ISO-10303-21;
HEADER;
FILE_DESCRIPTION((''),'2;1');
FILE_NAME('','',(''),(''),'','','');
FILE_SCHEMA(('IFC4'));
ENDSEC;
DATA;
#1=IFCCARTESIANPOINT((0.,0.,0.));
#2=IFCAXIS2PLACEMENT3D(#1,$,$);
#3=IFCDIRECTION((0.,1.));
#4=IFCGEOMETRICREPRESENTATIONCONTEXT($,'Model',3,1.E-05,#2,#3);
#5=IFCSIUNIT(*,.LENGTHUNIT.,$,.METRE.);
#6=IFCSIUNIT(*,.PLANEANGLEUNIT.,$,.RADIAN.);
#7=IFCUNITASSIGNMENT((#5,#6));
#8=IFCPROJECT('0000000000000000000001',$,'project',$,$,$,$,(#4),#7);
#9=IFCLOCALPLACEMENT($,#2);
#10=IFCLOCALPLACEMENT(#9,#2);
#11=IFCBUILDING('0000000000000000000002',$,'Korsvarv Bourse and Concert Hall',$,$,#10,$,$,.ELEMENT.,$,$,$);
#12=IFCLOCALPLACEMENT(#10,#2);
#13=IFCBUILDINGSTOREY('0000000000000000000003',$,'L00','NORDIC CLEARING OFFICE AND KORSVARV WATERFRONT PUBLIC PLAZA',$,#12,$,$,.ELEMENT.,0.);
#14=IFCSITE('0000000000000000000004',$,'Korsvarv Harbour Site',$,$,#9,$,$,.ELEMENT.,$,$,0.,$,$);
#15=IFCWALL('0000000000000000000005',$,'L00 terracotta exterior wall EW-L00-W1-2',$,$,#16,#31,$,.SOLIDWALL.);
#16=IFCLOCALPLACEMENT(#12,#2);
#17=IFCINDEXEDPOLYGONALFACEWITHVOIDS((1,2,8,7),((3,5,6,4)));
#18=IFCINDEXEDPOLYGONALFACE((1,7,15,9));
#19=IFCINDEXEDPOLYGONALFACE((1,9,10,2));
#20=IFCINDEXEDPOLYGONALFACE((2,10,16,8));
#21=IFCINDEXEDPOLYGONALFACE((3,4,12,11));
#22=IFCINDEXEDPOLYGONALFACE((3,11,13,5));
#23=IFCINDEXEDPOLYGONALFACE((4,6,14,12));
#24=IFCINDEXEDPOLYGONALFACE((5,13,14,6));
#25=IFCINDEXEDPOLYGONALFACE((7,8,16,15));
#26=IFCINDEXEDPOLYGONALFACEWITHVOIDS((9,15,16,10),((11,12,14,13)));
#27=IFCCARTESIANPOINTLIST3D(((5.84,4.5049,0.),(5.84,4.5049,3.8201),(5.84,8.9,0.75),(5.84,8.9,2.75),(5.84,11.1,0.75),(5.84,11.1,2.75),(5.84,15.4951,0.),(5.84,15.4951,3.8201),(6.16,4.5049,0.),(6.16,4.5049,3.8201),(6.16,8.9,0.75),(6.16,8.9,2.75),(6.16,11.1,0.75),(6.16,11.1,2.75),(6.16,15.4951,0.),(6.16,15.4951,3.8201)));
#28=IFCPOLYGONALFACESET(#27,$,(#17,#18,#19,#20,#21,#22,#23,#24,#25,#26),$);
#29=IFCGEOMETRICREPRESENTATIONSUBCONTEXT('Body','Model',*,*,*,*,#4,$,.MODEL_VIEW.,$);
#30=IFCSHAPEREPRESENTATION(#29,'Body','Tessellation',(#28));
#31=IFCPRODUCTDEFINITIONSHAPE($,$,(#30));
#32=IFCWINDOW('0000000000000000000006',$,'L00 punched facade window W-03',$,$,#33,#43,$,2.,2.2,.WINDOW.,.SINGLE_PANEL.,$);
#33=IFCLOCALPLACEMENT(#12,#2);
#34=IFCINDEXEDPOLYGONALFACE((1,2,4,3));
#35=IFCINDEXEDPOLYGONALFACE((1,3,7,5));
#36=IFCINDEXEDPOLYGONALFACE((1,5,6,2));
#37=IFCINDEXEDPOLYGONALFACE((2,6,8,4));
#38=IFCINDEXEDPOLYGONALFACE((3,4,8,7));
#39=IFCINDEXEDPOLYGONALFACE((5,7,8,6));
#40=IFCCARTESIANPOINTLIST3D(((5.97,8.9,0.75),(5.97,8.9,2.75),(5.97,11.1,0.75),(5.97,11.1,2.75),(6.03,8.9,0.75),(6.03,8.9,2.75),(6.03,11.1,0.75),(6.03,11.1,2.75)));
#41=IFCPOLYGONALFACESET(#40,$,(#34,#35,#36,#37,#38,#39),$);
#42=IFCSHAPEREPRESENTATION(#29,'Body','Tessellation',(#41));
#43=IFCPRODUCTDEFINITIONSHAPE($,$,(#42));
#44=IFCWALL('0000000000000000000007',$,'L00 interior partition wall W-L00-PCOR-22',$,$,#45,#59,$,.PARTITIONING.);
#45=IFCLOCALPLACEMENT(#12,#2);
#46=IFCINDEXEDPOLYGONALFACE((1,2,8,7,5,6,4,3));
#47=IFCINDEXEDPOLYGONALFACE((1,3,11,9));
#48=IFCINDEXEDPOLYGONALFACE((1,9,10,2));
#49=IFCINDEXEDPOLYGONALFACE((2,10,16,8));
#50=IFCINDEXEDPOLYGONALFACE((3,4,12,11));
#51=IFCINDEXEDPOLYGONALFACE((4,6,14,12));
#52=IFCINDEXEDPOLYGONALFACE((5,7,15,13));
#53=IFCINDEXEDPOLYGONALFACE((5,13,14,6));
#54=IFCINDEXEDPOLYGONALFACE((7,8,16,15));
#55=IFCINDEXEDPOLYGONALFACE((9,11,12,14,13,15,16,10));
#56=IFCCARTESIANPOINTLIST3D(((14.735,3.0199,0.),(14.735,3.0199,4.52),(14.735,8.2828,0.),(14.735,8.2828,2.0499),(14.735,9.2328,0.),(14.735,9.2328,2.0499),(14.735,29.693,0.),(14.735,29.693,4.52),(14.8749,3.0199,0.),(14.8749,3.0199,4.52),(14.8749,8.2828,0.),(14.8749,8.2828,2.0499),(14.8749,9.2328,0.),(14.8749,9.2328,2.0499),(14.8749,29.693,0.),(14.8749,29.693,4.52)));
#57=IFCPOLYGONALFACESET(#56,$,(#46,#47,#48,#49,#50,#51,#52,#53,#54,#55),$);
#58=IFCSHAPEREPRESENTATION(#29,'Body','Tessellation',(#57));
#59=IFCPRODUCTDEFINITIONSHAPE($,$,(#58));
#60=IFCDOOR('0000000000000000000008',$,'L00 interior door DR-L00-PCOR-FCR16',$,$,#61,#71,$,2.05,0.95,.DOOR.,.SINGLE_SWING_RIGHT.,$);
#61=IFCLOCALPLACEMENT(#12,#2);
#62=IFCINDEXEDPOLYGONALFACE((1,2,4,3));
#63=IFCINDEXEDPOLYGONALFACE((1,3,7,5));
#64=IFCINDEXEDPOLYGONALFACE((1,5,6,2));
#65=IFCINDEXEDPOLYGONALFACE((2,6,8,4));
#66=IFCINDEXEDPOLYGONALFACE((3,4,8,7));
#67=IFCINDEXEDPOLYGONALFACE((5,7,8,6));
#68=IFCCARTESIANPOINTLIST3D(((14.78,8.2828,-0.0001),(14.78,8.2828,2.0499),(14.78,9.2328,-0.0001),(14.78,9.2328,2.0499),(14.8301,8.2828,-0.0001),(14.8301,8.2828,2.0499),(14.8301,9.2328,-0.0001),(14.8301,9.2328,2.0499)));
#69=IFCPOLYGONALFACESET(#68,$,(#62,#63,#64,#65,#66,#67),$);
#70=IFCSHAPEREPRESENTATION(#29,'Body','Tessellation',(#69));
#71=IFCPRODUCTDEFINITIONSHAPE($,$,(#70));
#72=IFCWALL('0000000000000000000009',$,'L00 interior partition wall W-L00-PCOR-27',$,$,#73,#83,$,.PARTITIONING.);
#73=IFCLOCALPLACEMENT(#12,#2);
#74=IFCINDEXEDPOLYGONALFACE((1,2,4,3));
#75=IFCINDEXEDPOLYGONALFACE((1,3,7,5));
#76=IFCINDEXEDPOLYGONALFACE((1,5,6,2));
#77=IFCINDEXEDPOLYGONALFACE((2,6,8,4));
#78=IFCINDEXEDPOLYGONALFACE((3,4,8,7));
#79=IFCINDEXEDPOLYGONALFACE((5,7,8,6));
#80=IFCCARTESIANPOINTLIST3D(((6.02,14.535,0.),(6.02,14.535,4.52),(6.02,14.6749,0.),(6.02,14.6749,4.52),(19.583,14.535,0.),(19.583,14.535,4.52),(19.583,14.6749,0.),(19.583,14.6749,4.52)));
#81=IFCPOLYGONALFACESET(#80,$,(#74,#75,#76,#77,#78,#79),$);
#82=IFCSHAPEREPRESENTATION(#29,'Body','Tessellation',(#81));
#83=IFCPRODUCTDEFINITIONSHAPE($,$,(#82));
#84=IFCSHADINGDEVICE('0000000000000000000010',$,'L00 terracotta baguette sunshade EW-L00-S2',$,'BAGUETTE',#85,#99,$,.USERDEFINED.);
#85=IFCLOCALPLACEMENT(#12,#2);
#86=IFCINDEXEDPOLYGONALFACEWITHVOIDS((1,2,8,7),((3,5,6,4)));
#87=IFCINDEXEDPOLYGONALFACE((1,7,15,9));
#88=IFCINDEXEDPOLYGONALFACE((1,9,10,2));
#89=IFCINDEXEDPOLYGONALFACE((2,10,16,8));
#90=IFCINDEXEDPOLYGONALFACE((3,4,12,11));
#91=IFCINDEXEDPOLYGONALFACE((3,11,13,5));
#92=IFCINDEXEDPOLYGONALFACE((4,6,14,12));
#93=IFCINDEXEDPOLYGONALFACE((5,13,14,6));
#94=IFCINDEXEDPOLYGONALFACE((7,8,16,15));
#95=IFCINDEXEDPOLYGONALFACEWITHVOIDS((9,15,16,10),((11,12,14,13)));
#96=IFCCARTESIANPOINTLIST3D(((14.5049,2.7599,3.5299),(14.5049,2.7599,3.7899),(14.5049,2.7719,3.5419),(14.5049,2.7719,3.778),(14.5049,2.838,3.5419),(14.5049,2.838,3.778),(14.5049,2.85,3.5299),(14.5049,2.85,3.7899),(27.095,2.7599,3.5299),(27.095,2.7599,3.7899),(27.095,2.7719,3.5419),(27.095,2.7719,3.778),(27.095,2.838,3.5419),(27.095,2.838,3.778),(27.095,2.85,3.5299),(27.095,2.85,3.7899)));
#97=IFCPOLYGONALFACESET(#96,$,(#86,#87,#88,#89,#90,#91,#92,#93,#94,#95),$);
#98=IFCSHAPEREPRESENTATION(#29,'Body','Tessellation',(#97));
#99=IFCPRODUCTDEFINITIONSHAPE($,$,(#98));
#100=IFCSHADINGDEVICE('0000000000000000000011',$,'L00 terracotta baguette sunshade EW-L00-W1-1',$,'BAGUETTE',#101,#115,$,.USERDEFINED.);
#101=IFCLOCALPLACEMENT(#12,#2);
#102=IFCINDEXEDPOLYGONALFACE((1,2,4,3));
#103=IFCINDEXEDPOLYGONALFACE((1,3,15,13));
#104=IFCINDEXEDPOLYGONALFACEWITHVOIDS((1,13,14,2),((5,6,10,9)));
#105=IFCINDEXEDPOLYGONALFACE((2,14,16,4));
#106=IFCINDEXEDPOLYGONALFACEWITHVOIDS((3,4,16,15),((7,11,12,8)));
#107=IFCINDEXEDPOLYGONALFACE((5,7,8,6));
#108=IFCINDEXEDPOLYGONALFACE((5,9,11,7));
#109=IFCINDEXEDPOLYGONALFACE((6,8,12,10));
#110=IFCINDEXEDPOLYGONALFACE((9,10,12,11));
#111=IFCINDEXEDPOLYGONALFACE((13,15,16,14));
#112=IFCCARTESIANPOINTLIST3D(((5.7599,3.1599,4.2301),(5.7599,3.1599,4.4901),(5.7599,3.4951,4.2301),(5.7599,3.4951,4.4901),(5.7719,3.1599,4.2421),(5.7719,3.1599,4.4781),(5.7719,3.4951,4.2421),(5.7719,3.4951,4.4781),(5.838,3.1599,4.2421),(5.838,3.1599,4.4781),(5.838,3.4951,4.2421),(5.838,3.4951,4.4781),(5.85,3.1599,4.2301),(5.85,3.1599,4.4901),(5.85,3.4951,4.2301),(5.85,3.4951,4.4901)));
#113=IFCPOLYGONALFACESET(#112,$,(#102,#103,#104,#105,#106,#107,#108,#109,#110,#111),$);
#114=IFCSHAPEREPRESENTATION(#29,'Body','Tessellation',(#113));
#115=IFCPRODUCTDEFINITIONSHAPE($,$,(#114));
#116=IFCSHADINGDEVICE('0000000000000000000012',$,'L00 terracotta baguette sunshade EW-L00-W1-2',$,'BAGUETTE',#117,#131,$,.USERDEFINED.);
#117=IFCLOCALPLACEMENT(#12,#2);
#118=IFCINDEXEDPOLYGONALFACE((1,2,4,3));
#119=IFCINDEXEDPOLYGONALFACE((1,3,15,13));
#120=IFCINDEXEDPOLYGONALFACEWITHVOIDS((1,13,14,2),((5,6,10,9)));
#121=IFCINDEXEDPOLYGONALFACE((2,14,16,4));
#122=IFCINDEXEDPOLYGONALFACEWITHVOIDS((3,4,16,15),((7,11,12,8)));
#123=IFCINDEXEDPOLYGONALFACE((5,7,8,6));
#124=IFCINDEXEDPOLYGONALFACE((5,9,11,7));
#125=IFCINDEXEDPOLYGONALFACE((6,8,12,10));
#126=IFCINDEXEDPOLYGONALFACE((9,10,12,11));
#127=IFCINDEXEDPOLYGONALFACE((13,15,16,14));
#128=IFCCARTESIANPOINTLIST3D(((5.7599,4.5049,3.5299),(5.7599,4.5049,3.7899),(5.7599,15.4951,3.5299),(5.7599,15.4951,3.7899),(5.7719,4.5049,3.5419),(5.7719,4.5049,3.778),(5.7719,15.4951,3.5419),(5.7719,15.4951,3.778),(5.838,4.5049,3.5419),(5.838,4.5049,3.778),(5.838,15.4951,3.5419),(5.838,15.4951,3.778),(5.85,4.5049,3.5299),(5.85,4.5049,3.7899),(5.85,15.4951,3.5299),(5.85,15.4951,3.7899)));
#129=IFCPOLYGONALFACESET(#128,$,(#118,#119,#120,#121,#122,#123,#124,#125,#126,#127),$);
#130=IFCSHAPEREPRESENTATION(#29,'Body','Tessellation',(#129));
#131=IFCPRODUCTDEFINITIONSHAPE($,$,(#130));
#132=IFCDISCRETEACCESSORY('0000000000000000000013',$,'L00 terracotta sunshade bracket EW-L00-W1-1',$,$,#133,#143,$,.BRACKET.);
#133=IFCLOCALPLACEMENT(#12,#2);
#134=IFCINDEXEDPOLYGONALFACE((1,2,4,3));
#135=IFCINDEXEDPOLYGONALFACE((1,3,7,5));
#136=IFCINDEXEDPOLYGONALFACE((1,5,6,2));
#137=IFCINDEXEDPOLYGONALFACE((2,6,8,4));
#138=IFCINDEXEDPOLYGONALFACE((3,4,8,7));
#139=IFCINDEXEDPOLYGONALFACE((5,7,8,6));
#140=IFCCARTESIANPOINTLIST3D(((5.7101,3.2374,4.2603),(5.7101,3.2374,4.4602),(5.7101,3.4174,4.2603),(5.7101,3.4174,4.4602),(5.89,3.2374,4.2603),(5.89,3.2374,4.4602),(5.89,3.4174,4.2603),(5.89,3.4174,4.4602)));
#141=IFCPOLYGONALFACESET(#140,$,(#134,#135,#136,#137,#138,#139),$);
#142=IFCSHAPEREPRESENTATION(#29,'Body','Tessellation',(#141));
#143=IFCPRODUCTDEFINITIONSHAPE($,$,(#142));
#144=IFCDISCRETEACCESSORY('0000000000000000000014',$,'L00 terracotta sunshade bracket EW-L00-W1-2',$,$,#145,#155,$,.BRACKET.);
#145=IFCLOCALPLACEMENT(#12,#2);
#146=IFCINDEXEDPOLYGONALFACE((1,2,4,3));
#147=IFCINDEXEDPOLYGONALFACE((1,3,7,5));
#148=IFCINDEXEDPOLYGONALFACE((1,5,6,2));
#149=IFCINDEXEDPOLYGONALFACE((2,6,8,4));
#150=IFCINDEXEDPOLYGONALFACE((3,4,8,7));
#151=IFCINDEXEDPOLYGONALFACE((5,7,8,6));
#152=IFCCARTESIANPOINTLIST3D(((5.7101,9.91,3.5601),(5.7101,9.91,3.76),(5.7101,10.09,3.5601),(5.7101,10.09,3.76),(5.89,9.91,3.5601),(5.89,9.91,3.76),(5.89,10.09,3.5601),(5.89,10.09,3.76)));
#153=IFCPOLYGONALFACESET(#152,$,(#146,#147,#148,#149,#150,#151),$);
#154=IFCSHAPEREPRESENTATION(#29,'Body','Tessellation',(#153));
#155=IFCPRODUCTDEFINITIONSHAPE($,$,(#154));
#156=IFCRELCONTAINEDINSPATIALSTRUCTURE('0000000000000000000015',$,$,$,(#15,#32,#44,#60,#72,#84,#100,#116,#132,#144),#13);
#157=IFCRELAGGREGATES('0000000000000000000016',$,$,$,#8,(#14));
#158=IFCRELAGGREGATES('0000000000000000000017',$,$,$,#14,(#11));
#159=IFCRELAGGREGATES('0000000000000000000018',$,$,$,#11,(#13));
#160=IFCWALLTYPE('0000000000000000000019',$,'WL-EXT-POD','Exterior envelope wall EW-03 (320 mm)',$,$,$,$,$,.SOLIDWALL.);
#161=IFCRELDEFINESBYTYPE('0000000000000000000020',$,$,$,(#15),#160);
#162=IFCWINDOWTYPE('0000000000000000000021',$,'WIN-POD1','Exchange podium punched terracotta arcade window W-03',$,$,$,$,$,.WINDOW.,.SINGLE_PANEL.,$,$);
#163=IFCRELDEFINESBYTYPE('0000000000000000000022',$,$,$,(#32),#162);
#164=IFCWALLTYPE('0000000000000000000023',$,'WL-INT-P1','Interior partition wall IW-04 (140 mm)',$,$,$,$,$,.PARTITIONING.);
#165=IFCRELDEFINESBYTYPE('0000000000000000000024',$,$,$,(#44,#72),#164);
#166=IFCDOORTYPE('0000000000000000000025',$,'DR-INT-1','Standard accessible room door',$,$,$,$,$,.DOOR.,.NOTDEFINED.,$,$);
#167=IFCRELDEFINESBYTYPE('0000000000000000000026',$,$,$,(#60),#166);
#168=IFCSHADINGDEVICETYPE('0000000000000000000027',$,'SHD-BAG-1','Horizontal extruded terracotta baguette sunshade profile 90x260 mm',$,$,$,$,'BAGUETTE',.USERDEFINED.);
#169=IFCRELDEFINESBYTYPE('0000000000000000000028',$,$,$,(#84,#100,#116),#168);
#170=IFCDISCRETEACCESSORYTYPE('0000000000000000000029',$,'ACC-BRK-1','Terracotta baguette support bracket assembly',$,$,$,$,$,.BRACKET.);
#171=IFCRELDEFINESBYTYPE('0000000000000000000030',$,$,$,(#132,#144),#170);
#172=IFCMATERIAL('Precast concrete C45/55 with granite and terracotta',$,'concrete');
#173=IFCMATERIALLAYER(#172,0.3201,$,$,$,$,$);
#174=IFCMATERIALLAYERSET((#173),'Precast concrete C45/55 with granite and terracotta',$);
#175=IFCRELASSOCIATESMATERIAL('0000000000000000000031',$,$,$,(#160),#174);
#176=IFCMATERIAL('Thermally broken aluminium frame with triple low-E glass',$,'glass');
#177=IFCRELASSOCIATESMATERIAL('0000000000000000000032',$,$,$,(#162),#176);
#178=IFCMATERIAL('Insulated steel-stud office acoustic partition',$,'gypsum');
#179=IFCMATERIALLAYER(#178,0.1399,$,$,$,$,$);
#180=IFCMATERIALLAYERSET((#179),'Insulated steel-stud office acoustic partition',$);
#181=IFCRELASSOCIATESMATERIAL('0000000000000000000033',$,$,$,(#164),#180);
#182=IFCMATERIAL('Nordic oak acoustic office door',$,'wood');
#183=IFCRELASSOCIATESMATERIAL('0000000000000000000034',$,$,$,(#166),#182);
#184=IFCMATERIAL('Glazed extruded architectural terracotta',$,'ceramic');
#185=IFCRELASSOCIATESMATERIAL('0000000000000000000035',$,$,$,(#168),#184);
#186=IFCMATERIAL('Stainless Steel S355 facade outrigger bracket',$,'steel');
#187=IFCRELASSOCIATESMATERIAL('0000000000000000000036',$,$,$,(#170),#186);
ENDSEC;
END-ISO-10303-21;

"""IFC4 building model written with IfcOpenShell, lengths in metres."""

from ifc_helpers import new_model, si_unit, direction, frame, frame_2d, origin, origin_2d, place, context, subcontext, project, spatial, rectangle, hollow_rectangle, extrude, source, transform, mapped, material, layer, layer_set, material_profile, profile_set, type_object, element, fill, save


model = new_model("IFC4")

# Units and contexts
model_context = context("Model", 3, precision=1e-05, world=origin(), true_north=direction((0.0, 1.0)))
body_context = subcontext(model_context, "Body", "Model", "MODEL_VIEW")
ifc_project = project(units=[si_unit("LENGTHUNIT", "METRE"), si_unit("PLANEANGLEUNIT", "RADIAN")], contexts=[model_context])

# Site, building, storey
site_placement = place(None, origin())
site = spatial("IfcSite", under=ifc_project, at=site_placement, Name="Korsvarv Harbour Site", CompositionType="ELEMENT", RefElevation=0.0)
building_placement = place(site_placement, origin())
building = spatial("IfcBuilding", under=site, at=building_placement, Name="Korsvarv Bourse and Concert Hall", CompositionType="ELEMENT")
storey_placement = place(building_placement, origin())
storey = spatial("IfcBuildingStorey", under=building, at=storey_placement, Name="L00", Description="NORDIC CLEARING OFFICE AND KORSVARV WATERFRONT PUBLIC PLAZA", CompositionType="ELEMENT", Elevation=0.0)

# Shared definitions
ifc_material_1 = material(Name="Precast concrete C45/55 with granite and terracotta", Category="concrete")
ifc_layer_1 = layer(ifc_material_1, 0.3201)
ifc_layer_set_1 = layer_set([ifc_layer_1], Name="Precast concrete C45/55 with granite and terracotta")
wall_type_1 = type_object("IfcWallType", Name="WL-EXT-POD", Description="Exterior envelope wall EW-03 (320 mm)", PredefinedType="SOLIDWALL", material=ifc_layer_set_1)
ifc_material_2 = material(Name="Thermally broken aluminium frame with triple low-E glass", Category="glass")
window_type = type_object("IfcWindowType", Name="WIN-POD1", Description="Exchange podium punched terracotta arcade window W-03", PartitioningType="SINGLE_PANEL", PredefinedType="WINDOW", material=ifc_material_2)

# Wall, opening, window
wall_1_placement = place(storey_placement, frame((6.0, 4.5049, 0.0), z_axis=(0.0, 0.0, 1.0), x_axis=(0.0, 1.0, 0.0)))
wall_1 = element("IfcWall", 1, at=wall_1_placement, inside=storey, type_object=wall_type_1, Name="L00 terracotta exterior wall EW-L00-W1-2", PredefinedType="SOLIDWALL", context=body_context, shape_type="SweptSolid", body=[
    extrude(rectangle(XDim=10.9902, YDim=0.3201, at=frame_2d((5.4951, 0.0))), origin(), (0.0, 0.0, 1.0), 3.8201),
])
opening_1_placement = place(wall_1_placement, frame((4.395, 0.0, 0.75)))
opening_1 = element("IfcOpeningElement", 2, at=opening_1_placement, cuts=wall_1, PredefinedType="OPENING", context=body_context, shape_type="SweptSolid", body=[
    extrude(rectangle(XDim=2.2, YDim=2.0, at=frame_2d((1.1001, 1.0))), frame((0.0, 0.1699, 0.0), z_axis=(0.0, -1.0, 0.0), x_axis=(1.0, 0.0, 0.0)), (0.0, 0.0, 1.0), 0.3401),
])
window_1_placement = place(opening_1_placement, origin())
window_1 = element("IfcWindow", 3, at=window_1_placement, inside=storey, type_object=window_type, Name="L00 punched facade window W-03", OverallHeight=2.0, OverallWidth=2.2, PartitioningType="SINGLE_PANEL", PredefinedType="WINDOW", context=body_context, shape_type="SweptSolid", body=[
    extrude(rectangle(XDim=2.2, YDim=2.0, at=frame_2d((1.1001, 1.0))), frame((0.0, 0.03, 0.0), z_axis=(0.0, -1.0, 0.0), x_axis=(1.0, 0.0, 0.0)), (0.0, 0.0, 1.0), 0.0601),
])
fill(opening_1, window_1)

# Wall, opening, door
ifc_material_3 = material(Name="Insulated steel-stud office acoustic partition", Category="gypsum")
ifc_layer_2 = layer(ifc_material_3, 0.1399)
ifc_layer_set_2 = layer_set([ifc_layer_2], Name="Insulated steel-stud office acoustic partition")
wall_type_2 = type_object("IfcWallType", Name="WL-INT-P1", Description="Interior partition wall IW-04 (140 mm)", PredefinedType="PARTITIONING", material=ifc_layer_set_2)
wall_2_placement = place(storey_placement, frame((14.8049, 3.02, 0.0), z_axis=(0.0, 0.0, 1.0), x_axis=(0.0, 1.0, 0.0)))
wall_2 = element("IfcWall", 4, at=wall_2_placement, inside=storey, type_object=wall_type_2, Name="L00 interior partition wall W-L00-PCOR-22", PredefinedType="PARTITIONING", context=body_context, shape_type="SweptSolid", body=[
    extrude(rectangle(XDim=26.6731, YDim=0.1399, at=frame_2d((13.3364, 0.0))), origin(), (0.0, 0.0, 1.0), 4.52),
])
opening_2_placement = place(wall_2_placement, frame((5.2627, 0.0, 0.0)))
opening_2 = element("IfcOpeningElement", 5, at=opening_2_placement, cuts=wall_2, PredefinedType="OPENING", context=body_context, shape_type="SweptSolid", body=[
    extrude(rectangle(XDim=0.95, YDim=2.05, at=frame_2d((0.4751, 1.0249))), frame((0.0, 0.0801, 0.0), z_axis=(0.0, -1.0, 0.0), x_axis=(1.0, 0.0, 0.0)), (0.0, 0.0, 1.0), 0.1599),
])
ifc_material_4 = material(Name="Nordic oak acoustic office door", Category="wood")
door_type = type_object("IfcDoorType", Name="DR-INT-1", Description="Standard accessible room door", OperationType="NOTDEFINED", PredefinedType="DOOR", material=ifc_material_4)
door_placement = place(opening_2_placement, origin())
door = element("IfcDoor", 6, at=door_placement, inside=storey, type_object=door_type, Name="L00 interior door DR-L00-PCOR-FCR16", OperationType="SINGLE_SWING_RIGHT", OverallHeight=2.05, OverallWidth=0.95, PredefinedType="DOOR", context=body_context, shape_type="SweptSolid", body=[
    extrude(rectangle(XDim=0.95, YDim=2.05, at=frame_2d((0.4751, 1.0249))), frame((0.0, 0.0249, 0.0), z_axis=(0.0, -1.0, 0.0), x_axis=(1.0, 0.0, 0.0)), (0.0, 0.0, 1.0), 0.05),
])
fill(opening_2, door)

# Wall
wall_3_placement = place(storey_placement, frame((6.02, 14.605, 0.0), z_axis=(0.0, 0.0, 1.0), x_axis=(1.0, 0.0, 0.0)))
element("IfcWall", 7, at=wall_3_placement, inside=storey, type_object=wall_type_2, Name="L00 interior partition wall W-L00-PCOR-27", PredefinedType="PARTITIONING", context=body_context, shape_type="SweptSolid", body=[
    extrude(rectangle(XDim=13.563, YDim=0.1399, at=frame_2d((6.7815, 0.0))), origin(), (0.0, 0.0, 1.0), 4.52),
])

# Shading devices
ifc_material_5 = material(Name="Glazed extruded architectural terracotta", Category="ceramic")
ifc_material_profile_1 = material_profile(ifc_material_5, hollow_rectangle(XDim=0.0901, YDim=0.26, WallThickness=0.012, at=origin_2d()), Name="TC-BAG 90x260")
ifc_profile_set_1 = profile_set([ifc_material_profile_1], Name="Glazed extruded architectural terracotta")
shading_device_type = type_object("IfcShadingDeviceType", Name="SHD-BAG-1", Description="Horizontal extruded terracotta baguette sunshade profile 90x260 mm", ElementType="BAGUETTE", PredefinedType="USERDEFINED", material=ifc_profile_set_1)
shared_shape_1 = source(origin(), body_context, "Body", "SweptSolid", [
    extrude(hollow_rectangle(XDim=0.0901, YDim=0.26, WallThickness=0.012, at=origin_2d()), origin(), (0.0, 0.0, 1.0), 12.5901),
])
shading_device_1_placement = place(storey_placement, frame((14.5049, 2.8049, 3.6599), z_axis=(1.0, 0.0, 0.0), x_axis=(0.0, 1.0, 0.0)))
element("IfcShadingDevice", 8, at=shading_device_1_placement, inside=storey, type_object=shading_device_type, Name="L00 terracotta baguette sunshade EW-L00-S2", ObjectType="BAGUETTE", PredefinedType="USERDEFINED", context=body_context, shape_type="MappedRepresentation", body=[
    mapped(shared_shape_1, transform((0.0, 0.0, 0.0), scale=1.0)),
])
shared_shape_2 = source(origin(), body_context, "Body", "SweptSolid", [
    extrude(hollow_rectangle(XDim=0.0901, YDim=0.26, WallThickness=0.012, at=origin_2d()), origin(), (0.0, 0.0, 1.0), 0.3352),
])
shading_device_2_placement = place(storey_placement, frame((5.8049, 3.1599, 4.3601), z_axis=(0.0, 1.0, 0.0), x_axis=(-1.0, 0.0, 0.0)))
element("IfcShadingDevice", 9, at=shading_device_2_placement, inside=storey, type_object=shading_device_type, Name="L00 terracotta baguette sunshade EW-L00-W1-1", ObjectType="BAGUETTE", PredefinedType="USERDEFINED", context=body_context, shape_type="MappedRepresentation", body=[
    mapped(shared_shape_2, transform((0.0, 0.0, 0.0), scale=1.0)),
])
shared_shape_3 = source(origin(), body_context, "Body", "SweptSolid", [
    extrude(hollow_rectangle(XDim=0.0901, YDim=0.26, WallThickness=0.012, at=origin_2d()), origin(), (0.0, 0.0, 1.0), 10.9902),
])
shading_device_3_placement = place(storey_placement, frame((5.8049, 4.5049, 3.6599), z_axis=(0.0, 1.0, 0.0), x_axis=(-1.0, 0.0, 0.0)))
element("IfcShadingDevice", 10, at=shading_device_3_placement, inside=storey, type_object=shading_device_type, Name="L00 terracotta baguette sunshade EW-L00-W1-2", ObjectType="BAGUETTE", PredefinedType="USERDEFINED", context=body_context, shape_type="MappedRepresentation", body=[
    mapped(shared_shape_3, transform((0.0, 0.0, 0.0), scale=1.0)),
])

# Discrete accessories
ifc_material_6 = material(Name="Stainless Steel S355 facade outrigger bracket", Category="steel")
discrete_accessory_type = type_object("IfcDiscreteAccessoryType", Name="ACC-BRK-1", Description="Terracotta baguette support bracket assembly", PredefinedType="BRACKET", material=ifc_material_6)
shared_shape_4 = source(origin(), body_context, "Body", "SweptSolid", [
    extrude(rectangle(XDim=0.1799, YDim=0.1799, at=origin_2d()), origin(), (0.0, 0.0, 1.0), 0.2),
])
for number, where, z_axis, x_axis, name in (
    (11, (5.8, 3.3274, 4.2603), (0.0, 0.0, 1.0), (0.0, 1.0, 0.0), "L00 terracotta sunshade bracket EW-L00-W1-1"),
    (12, (5.8, 10.0, 3.5601), (0.0, 0.0, 1.0), (0.0, 1.0, 0.0), "L00 terracotta sunshade bracket EW-L00-W1-2"),
):
    element("IfcDiscreteAccessory", number, at=place(storey_placement, frame(where, z_axis=z_axis, x_axis=x_axis)), inside=storey, type_object=discrete_accessory_type, Name=name, PredefinedType="BRACKET", context=body_context, shape_type="MappedRepresentation", body=[
        mapped(shared_shape_4, transform((0.0, 0.0, 0.0), scale=1.0)),
    ])

save(model, "model.ifc")
